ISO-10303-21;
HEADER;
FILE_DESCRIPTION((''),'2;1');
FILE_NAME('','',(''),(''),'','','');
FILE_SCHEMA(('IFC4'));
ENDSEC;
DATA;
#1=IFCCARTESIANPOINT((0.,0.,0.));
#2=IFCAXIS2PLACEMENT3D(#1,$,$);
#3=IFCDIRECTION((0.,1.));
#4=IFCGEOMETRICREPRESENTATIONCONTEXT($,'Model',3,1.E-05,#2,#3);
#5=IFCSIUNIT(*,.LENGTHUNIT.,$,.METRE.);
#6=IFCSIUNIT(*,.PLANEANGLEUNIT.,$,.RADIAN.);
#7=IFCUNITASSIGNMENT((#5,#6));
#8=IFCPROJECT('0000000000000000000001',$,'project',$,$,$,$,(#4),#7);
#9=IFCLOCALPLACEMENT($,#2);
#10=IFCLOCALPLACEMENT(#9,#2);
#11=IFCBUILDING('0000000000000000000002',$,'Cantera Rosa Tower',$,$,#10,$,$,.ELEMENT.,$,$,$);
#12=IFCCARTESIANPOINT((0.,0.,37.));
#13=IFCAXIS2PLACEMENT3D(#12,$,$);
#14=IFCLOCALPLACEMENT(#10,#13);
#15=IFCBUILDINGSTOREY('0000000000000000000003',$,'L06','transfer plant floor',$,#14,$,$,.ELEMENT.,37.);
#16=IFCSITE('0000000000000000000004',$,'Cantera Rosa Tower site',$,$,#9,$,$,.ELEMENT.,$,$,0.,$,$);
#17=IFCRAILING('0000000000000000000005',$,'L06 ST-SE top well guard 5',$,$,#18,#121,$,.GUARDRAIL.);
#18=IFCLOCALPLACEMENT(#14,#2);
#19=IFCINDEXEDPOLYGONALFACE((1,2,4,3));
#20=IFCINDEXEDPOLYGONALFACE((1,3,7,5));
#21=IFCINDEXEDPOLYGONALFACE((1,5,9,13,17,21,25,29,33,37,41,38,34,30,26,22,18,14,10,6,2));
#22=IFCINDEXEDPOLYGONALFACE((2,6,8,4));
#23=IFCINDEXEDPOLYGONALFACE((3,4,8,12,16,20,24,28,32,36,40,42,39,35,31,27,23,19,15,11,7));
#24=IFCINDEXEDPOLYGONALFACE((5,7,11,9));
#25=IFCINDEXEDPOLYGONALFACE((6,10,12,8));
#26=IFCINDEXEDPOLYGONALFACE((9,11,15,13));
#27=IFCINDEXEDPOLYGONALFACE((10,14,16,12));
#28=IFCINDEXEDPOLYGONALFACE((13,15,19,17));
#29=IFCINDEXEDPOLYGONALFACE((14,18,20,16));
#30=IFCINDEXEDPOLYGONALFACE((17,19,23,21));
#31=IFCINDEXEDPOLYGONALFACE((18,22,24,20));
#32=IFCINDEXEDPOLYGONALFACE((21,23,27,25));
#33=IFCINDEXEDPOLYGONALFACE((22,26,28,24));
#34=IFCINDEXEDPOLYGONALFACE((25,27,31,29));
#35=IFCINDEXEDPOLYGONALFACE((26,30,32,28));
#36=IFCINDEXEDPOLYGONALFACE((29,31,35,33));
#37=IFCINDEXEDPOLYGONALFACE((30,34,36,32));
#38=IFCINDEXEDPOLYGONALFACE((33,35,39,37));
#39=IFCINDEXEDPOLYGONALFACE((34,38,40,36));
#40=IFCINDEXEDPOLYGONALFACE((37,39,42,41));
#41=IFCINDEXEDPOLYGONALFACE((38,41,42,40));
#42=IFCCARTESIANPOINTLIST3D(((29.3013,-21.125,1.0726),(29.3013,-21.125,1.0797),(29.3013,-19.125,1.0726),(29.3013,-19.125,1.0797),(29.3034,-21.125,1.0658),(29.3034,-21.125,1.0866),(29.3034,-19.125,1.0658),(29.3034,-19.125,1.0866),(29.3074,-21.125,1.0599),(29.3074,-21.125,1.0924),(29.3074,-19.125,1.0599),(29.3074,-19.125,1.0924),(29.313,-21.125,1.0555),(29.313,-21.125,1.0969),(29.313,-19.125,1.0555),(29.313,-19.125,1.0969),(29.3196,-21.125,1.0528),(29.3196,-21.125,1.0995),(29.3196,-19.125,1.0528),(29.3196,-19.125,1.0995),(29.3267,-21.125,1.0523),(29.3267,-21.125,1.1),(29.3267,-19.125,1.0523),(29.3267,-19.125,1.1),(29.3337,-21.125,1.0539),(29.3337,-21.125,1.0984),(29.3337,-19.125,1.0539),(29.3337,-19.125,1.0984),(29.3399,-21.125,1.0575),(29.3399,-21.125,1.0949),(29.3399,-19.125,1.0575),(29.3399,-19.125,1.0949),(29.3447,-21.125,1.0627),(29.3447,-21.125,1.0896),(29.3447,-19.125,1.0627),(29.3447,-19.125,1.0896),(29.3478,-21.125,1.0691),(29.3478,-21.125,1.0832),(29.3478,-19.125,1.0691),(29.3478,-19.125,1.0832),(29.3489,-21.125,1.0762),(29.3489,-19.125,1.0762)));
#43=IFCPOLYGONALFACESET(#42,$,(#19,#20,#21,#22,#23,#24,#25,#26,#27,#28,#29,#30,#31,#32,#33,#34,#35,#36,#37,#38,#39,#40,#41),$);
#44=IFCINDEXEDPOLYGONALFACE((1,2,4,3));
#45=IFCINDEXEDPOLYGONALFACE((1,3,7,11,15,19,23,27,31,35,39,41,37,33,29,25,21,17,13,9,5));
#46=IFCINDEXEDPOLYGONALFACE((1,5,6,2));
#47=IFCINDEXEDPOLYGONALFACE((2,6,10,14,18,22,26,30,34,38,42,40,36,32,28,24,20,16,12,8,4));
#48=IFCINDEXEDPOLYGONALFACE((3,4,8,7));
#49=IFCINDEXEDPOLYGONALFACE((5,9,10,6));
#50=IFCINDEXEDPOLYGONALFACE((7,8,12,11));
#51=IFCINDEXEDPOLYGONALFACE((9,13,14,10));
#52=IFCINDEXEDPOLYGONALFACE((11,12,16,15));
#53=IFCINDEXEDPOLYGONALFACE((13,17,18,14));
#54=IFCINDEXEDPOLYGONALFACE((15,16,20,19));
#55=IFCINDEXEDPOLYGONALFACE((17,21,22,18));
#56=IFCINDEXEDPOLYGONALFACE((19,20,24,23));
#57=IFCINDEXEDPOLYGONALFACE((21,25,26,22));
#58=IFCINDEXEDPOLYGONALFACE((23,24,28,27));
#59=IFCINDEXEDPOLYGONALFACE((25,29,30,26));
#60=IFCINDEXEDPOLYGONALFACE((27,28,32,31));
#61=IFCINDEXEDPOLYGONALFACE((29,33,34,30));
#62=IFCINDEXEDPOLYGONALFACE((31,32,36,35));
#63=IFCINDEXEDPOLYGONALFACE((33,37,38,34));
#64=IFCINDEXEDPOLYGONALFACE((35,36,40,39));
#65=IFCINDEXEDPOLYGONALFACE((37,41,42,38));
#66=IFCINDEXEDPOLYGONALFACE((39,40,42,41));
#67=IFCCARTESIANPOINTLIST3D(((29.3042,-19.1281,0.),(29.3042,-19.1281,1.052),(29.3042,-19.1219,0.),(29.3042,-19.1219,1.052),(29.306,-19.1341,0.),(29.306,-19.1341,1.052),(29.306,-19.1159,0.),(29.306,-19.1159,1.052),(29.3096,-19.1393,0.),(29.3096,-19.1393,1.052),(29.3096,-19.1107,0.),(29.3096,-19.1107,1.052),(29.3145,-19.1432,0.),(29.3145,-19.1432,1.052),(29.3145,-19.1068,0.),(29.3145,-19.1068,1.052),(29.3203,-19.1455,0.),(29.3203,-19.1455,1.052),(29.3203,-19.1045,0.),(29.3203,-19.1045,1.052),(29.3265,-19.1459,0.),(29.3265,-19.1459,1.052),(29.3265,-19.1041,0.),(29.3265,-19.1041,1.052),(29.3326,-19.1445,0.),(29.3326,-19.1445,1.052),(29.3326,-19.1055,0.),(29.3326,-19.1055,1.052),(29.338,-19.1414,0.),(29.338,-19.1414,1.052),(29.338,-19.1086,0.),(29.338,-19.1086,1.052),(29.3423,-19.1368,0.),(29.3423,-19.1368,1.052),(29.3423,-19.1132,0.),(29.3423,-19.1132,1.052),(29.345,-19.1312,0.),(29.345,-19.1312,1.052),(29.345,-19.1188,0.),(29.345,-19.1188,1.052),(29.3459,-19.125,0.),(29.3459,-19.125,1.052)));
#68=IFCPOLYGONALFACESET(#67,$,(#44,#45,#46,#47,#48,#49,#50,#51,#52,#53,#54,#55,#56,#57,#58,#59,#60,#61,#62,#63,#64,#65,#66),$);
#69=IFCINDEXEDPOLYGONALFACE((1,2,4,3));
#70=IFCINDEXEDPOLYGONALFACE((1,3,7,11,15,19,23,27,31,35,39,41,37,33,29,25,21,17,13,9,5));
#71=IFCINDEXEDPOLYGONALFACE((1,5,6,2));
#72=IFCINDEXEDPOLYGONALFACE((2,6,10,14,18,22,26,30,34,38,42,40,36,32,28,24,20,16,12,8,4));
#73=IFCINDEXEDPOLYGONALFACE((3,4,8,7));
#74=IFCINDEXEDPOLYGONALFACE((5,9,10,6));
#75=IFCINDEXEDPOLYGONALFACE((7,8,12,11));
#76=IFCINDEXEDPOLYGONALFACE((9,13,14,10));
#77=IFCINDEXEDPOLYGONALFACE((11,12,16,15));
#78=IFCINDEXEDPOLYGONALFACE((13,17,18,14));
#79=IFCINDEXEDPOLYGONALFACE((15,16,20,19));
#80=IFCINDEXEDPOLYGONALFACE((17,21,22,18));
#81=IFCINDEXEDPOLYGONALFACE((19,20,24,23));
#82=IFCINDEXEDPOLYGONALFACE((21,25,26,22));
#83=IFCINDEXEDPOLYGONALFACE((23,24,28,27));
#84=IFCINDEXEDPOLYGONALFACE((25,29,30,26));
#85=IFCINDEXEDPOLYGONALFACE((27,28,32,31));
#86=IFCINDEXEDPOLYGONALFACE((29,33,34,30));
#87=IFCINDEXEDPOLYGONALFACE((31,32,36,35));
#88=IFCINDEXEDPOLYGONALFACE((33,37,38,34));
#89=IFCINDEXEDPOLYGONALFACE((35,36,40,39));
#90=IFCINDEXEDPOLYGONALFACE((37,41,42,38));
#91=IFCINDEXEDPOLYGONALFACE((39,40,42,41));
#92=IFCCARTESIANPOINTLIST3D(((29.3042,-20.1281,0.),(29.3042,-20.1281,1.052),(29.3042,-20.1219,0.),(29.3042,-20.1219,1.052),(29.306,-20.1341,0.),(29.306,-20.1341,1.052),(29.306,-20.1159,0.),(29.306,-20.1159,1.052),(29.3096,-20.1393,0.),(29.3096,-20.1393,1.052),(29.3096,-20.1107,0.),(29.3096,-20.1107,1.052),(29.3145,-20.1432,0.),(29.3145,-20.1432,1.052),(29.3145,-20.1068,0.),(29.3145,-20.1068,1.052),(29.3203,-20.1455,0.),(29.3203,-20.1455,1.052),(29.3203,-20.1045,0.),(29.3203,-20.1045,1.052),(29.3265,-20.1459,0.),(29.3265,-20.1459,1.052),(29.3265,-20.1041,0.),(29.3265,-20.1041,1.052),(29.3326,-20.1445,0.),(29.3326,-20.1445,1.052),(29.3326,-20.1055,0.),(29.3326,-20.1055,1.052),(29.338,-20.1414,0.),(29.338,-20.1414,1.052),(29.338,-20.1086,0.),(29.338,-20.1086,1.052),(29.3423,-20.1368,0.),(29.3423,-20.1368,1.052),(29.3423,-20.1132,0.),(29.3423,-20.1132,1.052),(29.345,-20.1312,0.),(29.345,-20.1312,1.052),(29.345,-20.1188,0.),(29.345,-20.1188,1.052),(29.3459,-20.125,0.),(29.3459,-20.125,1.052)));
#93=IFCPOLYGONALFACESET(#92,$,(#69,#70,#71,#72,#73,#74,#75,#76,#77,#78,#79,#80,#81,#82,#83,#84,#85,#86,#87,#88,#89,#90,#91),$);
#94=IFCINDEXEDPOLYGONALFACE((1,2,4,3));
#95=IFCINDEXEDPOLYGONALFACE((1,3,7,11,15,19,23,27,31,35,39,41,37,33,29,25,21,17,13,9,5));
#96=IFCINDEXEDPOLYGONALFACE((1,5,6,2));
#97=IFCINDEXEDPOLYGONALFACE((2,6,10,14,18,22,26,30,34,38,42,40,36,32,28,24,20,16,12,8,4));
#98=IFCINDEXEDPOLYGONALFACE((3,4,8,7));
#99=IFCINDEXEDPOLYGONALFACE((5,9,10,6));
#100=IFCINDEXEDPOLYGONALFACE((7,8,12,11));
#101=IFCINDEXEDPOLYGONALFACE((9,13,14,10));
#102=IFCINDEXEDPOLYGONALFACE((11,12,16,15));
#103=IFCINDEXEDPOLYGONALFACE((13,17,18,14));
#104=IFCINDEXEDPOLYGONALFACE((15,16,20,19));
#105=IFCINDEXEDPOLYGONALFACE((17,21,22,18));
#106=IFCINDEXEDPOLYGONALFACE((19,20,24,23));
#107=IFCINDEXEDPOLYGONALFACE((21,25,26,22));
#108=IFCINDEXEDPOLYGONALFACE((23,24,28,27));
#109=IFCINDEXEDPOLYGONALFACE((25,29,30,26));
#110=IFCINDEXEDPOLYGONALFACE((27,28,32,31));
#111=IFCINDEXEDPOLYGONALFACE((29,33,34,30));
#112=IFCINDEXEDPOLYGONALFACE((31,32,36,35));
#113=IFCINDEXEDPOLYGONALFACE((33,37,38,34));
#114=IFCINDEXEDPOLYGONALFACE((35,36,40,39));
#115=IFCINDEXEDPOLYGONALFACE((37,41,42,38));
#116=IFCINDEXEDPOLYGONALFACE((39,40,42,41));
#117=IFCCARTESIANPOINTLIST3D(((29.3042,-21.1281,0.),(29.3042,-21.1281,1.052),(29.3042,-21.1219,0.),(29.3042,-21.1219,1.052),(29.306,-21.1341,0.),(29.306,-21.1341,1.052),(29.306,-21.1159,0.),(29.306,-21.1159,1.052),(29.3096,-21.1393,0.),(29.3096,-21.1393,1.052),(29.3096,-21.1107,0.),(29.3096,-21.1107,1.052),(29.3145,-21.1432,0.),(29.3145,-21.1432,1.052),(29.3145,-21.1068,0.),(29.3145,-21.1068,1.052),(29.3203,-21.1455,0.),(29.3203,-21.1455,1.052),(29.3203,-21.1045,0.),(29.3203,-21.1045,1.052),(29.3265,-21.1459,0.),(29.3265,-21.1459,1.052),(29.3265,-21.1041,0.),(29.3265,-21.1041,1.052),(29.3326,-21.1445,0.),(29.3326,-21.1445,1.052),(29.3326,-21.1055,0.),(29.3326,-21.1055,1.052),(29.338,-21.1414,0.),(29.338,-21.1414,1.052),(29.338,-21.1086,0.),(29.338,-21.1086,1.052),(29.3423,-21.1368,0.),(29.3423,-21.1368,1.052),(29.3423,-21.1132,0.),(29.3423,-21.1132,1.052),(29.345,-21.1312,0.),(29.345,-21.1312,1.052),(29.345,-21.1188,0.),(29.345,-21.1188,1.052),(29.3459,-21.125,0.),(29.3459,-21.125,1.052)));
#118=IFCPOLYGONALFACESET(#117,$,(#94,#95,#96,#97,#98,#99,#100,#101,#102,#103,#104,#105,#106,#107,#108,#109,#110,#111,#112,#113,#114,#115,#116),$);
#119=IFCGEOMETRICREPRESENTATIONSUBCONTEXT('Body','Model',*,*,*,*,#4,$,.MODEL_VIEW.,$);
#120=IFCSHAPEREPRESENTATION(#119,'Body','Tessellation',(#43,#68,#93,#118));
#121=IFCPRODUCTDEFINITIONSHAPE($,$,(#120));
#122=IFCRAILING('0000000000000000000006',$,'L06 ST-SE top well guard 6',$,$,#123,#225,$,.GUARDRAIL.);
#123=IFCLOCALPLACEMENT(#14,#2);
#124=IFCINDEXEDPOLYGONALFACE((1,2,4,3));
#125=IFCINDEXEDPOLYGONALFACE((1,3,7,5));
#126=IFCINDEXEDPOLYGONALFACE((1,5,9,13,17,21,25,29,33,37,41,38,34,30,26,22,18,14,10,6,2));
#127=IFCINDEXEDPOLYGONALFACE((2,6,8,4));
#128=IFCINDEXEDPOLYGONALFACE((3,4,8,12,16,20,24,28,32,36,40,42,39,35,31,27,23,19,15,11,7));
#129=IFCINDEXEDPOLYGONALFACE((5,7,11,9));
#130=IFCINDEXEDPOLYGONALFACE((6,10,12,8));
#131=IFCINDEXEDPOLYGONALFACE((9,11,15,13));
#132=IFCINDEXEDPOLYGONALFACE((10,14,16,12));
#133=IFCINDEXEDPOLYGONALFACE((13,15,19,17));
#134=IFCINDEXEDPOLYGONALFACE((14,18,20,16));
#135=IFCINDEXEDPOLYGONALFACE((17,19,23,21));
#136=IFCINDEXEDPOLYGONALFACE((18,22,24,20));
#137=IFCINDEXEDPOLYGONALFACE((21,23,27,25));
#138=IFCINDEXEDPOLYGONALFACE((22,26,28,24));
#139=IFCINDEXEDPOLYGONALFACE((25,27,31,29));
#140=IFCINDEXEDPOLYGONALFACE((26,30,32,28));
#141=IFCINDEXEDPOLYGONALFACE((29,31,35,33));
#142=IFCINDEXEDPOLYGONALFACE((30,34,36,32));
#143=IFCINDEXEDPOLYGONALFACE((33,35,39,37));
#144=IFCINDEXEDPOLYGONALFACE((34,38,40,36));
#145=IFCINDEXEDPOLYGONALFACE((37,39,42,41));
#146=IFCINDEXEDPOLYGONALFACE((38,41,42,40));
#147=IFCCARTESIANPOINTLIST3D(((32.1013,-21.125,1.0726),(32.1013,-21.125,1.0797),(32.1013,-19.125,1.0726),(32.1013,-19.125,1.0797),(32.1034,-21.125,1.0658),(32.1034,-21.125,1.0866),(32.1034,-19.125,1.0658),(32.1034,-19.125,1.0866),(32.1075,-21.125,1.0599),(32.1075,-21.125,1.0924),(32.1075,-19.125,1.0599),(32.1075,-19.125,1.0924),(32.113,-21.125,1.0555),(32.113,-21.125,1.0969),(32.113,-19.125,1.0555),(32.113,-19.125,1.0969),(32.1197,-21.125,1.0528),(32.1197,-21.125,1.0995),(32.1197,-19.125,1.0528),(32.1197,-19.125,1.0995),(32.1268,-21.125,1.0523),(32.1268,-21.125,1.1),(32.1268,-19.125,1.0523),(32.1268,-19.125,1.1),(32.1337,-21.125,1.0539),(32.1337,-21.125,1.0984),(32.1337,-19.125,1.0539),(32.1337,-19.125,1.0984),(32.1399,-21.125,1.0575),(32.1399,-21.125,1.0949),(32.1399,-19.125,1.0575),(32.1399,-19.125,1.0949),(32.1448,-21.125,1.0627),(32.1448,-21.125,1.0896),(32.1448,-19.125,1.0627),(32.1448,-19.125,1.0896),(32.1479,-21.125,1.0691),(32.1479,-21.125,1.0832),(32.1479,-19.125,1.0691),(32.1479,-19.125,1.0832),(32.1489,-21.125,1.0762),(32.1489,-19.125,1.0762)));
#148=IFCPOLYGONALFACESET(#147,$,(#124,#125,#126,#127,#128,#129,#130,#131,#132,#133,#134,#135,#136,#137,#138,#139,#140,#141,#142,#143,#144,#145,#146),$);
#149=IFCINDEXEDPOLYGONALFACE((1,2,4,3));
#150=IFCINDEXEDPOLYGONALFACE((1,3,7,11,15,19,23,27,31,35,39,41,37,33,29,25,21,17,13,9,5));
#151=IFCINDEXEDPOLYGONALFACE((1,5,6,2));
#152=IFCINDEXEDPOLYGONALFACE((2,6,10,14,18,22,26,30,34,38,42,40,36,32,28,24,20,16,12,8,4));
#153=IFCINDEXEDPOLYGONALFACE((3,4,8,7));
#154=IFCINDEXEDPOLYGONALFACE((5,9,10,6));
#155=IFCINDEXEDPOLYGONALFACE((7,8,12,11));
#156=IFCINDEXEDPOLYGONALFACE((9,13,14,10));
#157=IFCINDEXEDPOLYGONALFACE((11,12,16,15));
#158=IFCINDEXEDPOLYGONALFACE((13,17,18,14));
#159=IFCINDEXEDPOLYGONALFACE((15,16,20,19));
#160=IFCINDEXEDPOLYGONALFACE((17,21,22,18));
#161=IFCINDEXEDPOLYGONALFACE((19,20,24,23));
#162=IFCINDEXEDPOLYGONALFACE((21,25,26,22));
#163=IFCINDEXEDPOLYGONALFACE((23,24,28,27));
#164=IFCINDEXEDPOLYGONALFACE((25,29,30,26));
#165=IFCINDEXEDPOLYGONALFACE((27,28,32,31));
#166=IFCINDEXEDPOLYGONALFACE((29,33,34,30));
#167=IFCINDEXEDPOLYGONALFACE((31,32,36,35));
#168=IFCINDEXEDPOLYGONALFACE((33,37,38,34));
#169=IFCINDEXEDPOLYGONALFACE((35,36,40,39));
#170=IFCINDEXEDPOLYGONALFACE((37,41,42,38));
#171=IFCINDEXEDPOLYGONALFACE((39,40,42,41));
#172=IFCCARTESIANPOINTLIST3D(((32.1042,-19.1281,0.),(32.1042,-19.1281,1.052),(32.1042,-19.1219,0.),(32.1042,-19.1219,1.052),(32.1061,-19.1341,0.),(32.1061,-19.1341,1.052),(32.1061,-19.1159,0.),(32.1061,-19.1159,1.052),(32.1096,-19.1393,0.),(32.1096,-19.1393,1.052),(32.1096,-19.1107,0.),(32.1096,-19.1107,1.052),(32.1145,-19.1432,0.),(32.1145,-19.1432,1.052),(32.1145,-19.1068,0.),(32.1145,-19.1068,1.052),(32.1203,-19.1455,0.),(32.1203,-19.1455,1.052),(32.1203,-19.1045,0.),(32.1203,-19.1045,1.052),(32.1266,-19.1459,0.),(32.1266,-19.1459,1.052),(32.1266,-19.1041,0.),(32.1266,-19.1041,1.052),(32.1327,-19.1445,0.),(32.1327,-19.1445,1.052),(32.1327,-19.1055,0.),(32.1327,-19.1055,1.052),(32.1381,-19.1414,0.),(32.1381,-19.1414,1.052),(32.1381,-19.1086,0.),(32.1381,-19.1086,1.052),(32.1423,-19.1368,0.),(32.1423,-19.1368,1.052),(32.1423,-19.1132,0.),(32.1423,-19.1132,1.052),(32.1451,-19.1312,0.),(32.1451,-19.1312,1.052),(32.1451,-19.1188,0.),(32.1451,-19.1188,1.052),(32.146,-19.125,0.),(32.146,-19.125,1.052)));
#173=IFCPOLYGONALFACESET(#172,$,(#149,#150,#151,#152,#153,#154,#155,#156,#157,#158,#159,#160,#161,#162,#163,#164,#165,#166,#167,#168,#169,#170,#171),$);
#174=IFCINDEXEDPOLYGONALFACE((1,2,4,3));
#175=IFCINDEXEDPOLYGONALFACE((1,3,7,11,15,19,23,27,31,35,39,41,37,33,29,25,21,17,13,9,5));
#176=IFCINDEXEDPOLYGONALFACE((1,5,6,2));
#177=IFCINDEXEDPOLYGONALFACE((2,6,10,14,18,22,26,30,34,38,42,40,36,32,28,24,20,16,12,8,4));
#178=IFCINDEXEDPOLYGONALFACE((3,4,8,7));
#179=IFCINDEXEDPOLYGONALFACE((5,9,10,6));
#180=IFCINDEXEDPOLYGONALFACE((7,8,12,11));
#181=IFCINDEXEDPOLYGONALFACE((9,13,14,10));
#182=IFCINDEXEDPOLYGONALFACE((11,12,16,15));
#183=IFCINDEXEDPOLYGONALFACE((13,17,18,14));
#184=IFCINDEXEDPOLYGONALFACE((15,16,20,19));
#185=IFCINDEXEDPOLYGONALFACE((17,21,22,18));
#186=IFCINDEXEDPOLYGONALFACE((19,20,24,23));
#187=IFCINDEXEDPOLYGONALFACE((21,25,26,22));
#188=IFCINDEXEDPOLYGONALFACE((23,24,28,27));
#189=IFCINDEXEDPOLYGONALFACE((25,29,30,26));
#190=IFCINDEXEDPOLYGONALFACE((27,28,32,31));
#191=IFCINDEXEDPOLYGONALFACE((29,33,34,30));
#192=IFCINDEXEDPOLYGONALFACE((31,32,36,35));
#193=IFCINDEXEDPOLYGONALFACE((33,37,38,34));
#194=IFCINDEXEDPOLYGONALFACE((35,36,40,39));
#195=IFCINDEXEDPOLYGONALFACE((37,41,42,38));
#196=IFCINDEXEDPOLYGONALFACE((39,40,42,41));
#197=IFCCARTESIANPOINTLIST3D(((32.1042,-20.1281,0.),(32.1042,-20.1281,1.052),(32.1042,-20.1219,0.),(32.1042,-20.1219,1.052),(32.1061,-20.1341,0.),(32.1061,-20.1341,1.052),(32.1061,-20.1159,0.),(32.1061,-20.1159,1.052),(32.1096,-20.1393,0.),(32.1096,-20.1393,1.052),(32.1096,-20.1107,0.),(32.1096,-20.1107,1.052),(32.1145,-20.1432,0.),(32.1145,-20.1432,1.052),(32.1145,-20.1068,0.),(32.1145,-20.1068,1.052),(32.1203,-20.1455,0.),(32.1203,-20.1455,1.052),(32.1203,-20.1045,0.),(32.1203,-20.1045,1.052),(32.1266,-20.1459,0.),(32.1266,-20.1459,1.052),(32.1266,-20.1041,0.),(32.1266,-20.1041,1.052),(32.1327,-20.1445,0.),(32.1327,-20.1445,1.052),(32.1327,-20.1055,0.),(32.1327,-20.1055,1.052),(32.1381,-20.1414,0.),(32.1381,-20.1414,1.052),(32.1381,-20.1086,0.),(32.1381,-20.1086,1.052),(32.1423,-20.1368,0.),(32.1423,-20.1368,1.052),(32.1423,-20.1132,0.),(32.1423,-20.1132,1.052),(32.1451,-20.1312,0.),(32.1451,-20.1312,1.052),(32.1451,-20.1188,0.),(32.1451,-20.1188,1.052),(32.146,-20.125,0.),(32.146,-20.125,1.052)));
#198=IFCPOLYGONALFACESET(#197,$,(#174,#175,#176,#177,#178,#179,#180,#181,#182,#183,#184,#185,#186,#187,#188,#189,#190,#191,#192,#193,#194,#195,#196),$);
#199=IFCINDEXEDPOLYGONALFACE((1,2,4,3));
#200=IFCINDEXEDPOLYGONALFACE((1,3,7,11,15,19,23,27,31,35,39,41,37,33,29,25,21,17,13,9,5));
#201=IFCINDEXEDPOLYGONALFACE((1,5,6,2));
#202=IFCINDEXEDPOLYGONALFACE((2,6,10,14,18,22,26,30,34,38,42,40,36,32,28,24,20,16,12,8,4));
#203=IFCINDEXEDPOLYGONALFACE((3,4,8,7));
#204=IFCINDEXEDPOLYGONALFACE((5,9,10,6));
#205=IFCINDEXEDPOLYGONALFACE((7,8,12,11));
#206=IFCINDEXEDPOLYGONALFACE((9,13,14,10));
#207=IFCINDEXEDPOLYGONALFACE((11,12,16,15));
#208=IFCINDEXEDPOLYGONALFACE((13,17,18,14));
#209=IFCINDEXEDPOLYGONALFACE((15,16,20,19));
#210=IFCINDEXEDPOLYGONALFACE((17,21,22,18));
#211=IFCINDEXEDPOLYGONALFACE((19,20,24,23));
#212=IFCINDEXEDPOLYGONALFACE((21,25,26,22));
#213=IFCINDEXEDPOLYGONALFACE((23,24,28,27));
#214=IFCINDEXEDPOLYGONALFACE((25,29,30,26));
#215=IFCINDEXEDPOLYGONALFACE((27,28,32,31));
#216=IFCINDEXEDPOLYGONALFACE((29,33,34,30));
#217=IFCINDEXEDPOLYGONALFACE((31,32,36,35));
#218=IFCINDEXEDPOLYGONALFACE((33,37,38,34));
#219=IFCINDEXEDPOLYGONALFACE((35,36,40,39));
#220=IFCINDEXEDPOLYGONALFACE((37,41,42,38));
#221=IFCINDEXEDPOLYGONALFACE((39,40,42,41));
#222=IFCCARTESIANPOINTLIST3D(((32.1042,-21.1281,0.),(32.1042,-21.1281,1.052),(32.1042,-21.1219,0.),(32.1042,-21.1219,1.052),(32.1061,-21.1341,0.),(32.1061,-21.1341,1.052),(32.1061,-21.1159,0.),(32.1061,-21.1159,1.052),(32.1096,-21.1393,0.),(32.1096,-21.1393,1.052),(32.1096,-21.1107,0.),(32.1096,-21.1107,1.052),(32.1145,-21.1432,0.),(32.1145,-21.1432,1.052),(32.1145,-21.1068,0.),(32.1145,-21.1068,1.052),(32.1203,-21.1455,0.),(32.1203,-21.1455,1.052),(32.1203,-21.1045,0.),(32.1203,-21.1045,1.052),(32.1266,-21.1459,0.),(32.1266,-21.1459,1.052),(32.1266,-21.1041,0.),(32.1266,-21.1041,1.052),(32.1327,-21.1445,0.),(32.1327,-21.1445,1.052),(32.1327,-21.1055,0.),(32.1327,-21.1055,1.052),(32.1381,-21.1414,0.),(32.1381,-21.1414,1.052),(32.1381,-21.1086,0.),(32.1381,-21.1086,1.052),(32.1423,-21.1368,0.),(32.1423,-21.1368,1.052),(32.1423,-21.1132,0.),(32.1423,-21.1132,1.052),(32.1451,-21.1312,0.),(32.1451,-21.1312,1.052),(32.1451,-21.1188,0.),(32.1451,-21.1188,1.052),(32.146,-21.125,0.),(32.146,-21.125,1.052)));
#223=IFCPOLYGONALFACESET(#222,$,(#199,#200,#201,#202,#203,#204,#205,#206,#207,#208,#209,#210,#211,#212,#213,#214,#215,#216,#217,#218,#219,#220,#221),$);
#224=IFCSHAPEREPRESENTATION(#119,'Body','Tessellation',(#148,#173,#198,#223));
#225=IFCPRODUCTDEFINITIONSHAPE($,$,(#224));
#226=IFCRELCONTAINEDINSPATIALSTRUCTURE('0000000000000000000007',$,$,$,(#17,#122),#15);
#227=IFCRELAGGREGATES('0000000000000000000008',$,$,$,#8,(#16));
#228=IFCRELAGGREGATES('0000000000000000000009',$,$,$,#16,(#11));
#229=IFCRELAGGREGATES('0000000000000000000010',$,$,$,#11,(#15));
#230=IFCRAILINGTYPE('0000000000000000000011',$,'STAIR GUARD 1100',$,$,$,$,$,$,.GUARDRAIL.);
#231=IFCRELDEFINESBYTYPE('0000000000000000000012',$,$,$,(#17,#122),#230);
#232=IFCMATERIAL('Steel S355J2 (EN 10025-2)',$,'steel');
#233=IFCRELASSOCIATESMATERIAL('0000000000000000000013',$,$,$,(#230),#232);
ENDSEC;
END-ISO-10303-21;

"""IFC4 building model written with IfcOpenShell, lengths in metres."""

from ifc_helpers import new_model, si_unit, direction, frame, origin, origin_2d, place, context, subcontext, project, spatial, circle, extrude, material, type_object, element, save


model = new_model("IFC4")

# Units and contexts
model_context = context("Model", 3, precision=1e-05, world=origin(), true_north=direction((0.0, 1.0)))
body_context = subcontext(model_context, "Body", "Model", "MODEL_VIEW")
ifc_project = project(units=[si_unit("LENGTHUNIT", "METRE"), si_unit("PLANEANGLEUNIT", "RADIAN")], contexts=[model_context])

# Site, building, storey
site_placement = place(None, origin())
site = spatial("IfcSite", under=ifc_project, at=site_placement, Name="Cantera Rosa Tower site", CompositionType="ELEMENT", RefElevation=0.0)
building_placement = place(site_placement, origin())
building = spatial("IfcBuilding", under=site, at=building_placement, Name="Cantera Rosa Tower", CompositionType="ELEMENT")
storey_placement = place(building_placement, frame((0.0, 0.0, 37.0)))
storey = spatial("IfcBuildingStorey", under=building, at=storey_placement, Name="L06", Description="transfer plant floor", CompositionType="ELEMENT", Elevation=37.0)

# Railings
ifc_material_1 = material(Name="Steel S355J2 (EN 10025-2)", Category="steel")
railing_type = type_object("IfcRailingType", Name="STAIR GUARD 1100", PredefinedType="GUARDRAIL", material=ifc_material_1)
for number, where, name in (
    (1, (29.325, -19.125, 0.0), "L06 ST-SE top well guard 5"),
    (2, (32.125, -19.125, 0.0), "L06 ST-SE top well guard 6"),
):
    element("IfcRailing", number, at=place(storey_placement, frame(where)), inside=storey, type_object=railing_type, Name=name, PredefinedType="GUARDRAIL", context=body_context, shape_type="SweptSolid", body=[
        extrude(circle(Radius=0.0239, at=origin_2d()), frame((0.0, 0.0, 1.0762), z_axis=(0.0, -1.0, 0.0), x_axis=(1.0, 0.0, 0.0)), (0.0, 0.0, 1.0), 2.0),
        extrude(circle(Radius=0.021, at=origin_2d()), origin(), (0.0, 0.0, 1.0), 1.052),
        extrude(circle(Radius=0.021, at=origin_2d()), frame((0.0, -1.0, 0.0)), (0.0, 0.0, 1.0), 1.052),
        extrude(circle(Radius=0.021, at=origin_2d()), frame((0.0, -2.0, 0.0)), (0.0, 0.0, 1.0), 1.052),
    ])

save(model, "model.ifc")
